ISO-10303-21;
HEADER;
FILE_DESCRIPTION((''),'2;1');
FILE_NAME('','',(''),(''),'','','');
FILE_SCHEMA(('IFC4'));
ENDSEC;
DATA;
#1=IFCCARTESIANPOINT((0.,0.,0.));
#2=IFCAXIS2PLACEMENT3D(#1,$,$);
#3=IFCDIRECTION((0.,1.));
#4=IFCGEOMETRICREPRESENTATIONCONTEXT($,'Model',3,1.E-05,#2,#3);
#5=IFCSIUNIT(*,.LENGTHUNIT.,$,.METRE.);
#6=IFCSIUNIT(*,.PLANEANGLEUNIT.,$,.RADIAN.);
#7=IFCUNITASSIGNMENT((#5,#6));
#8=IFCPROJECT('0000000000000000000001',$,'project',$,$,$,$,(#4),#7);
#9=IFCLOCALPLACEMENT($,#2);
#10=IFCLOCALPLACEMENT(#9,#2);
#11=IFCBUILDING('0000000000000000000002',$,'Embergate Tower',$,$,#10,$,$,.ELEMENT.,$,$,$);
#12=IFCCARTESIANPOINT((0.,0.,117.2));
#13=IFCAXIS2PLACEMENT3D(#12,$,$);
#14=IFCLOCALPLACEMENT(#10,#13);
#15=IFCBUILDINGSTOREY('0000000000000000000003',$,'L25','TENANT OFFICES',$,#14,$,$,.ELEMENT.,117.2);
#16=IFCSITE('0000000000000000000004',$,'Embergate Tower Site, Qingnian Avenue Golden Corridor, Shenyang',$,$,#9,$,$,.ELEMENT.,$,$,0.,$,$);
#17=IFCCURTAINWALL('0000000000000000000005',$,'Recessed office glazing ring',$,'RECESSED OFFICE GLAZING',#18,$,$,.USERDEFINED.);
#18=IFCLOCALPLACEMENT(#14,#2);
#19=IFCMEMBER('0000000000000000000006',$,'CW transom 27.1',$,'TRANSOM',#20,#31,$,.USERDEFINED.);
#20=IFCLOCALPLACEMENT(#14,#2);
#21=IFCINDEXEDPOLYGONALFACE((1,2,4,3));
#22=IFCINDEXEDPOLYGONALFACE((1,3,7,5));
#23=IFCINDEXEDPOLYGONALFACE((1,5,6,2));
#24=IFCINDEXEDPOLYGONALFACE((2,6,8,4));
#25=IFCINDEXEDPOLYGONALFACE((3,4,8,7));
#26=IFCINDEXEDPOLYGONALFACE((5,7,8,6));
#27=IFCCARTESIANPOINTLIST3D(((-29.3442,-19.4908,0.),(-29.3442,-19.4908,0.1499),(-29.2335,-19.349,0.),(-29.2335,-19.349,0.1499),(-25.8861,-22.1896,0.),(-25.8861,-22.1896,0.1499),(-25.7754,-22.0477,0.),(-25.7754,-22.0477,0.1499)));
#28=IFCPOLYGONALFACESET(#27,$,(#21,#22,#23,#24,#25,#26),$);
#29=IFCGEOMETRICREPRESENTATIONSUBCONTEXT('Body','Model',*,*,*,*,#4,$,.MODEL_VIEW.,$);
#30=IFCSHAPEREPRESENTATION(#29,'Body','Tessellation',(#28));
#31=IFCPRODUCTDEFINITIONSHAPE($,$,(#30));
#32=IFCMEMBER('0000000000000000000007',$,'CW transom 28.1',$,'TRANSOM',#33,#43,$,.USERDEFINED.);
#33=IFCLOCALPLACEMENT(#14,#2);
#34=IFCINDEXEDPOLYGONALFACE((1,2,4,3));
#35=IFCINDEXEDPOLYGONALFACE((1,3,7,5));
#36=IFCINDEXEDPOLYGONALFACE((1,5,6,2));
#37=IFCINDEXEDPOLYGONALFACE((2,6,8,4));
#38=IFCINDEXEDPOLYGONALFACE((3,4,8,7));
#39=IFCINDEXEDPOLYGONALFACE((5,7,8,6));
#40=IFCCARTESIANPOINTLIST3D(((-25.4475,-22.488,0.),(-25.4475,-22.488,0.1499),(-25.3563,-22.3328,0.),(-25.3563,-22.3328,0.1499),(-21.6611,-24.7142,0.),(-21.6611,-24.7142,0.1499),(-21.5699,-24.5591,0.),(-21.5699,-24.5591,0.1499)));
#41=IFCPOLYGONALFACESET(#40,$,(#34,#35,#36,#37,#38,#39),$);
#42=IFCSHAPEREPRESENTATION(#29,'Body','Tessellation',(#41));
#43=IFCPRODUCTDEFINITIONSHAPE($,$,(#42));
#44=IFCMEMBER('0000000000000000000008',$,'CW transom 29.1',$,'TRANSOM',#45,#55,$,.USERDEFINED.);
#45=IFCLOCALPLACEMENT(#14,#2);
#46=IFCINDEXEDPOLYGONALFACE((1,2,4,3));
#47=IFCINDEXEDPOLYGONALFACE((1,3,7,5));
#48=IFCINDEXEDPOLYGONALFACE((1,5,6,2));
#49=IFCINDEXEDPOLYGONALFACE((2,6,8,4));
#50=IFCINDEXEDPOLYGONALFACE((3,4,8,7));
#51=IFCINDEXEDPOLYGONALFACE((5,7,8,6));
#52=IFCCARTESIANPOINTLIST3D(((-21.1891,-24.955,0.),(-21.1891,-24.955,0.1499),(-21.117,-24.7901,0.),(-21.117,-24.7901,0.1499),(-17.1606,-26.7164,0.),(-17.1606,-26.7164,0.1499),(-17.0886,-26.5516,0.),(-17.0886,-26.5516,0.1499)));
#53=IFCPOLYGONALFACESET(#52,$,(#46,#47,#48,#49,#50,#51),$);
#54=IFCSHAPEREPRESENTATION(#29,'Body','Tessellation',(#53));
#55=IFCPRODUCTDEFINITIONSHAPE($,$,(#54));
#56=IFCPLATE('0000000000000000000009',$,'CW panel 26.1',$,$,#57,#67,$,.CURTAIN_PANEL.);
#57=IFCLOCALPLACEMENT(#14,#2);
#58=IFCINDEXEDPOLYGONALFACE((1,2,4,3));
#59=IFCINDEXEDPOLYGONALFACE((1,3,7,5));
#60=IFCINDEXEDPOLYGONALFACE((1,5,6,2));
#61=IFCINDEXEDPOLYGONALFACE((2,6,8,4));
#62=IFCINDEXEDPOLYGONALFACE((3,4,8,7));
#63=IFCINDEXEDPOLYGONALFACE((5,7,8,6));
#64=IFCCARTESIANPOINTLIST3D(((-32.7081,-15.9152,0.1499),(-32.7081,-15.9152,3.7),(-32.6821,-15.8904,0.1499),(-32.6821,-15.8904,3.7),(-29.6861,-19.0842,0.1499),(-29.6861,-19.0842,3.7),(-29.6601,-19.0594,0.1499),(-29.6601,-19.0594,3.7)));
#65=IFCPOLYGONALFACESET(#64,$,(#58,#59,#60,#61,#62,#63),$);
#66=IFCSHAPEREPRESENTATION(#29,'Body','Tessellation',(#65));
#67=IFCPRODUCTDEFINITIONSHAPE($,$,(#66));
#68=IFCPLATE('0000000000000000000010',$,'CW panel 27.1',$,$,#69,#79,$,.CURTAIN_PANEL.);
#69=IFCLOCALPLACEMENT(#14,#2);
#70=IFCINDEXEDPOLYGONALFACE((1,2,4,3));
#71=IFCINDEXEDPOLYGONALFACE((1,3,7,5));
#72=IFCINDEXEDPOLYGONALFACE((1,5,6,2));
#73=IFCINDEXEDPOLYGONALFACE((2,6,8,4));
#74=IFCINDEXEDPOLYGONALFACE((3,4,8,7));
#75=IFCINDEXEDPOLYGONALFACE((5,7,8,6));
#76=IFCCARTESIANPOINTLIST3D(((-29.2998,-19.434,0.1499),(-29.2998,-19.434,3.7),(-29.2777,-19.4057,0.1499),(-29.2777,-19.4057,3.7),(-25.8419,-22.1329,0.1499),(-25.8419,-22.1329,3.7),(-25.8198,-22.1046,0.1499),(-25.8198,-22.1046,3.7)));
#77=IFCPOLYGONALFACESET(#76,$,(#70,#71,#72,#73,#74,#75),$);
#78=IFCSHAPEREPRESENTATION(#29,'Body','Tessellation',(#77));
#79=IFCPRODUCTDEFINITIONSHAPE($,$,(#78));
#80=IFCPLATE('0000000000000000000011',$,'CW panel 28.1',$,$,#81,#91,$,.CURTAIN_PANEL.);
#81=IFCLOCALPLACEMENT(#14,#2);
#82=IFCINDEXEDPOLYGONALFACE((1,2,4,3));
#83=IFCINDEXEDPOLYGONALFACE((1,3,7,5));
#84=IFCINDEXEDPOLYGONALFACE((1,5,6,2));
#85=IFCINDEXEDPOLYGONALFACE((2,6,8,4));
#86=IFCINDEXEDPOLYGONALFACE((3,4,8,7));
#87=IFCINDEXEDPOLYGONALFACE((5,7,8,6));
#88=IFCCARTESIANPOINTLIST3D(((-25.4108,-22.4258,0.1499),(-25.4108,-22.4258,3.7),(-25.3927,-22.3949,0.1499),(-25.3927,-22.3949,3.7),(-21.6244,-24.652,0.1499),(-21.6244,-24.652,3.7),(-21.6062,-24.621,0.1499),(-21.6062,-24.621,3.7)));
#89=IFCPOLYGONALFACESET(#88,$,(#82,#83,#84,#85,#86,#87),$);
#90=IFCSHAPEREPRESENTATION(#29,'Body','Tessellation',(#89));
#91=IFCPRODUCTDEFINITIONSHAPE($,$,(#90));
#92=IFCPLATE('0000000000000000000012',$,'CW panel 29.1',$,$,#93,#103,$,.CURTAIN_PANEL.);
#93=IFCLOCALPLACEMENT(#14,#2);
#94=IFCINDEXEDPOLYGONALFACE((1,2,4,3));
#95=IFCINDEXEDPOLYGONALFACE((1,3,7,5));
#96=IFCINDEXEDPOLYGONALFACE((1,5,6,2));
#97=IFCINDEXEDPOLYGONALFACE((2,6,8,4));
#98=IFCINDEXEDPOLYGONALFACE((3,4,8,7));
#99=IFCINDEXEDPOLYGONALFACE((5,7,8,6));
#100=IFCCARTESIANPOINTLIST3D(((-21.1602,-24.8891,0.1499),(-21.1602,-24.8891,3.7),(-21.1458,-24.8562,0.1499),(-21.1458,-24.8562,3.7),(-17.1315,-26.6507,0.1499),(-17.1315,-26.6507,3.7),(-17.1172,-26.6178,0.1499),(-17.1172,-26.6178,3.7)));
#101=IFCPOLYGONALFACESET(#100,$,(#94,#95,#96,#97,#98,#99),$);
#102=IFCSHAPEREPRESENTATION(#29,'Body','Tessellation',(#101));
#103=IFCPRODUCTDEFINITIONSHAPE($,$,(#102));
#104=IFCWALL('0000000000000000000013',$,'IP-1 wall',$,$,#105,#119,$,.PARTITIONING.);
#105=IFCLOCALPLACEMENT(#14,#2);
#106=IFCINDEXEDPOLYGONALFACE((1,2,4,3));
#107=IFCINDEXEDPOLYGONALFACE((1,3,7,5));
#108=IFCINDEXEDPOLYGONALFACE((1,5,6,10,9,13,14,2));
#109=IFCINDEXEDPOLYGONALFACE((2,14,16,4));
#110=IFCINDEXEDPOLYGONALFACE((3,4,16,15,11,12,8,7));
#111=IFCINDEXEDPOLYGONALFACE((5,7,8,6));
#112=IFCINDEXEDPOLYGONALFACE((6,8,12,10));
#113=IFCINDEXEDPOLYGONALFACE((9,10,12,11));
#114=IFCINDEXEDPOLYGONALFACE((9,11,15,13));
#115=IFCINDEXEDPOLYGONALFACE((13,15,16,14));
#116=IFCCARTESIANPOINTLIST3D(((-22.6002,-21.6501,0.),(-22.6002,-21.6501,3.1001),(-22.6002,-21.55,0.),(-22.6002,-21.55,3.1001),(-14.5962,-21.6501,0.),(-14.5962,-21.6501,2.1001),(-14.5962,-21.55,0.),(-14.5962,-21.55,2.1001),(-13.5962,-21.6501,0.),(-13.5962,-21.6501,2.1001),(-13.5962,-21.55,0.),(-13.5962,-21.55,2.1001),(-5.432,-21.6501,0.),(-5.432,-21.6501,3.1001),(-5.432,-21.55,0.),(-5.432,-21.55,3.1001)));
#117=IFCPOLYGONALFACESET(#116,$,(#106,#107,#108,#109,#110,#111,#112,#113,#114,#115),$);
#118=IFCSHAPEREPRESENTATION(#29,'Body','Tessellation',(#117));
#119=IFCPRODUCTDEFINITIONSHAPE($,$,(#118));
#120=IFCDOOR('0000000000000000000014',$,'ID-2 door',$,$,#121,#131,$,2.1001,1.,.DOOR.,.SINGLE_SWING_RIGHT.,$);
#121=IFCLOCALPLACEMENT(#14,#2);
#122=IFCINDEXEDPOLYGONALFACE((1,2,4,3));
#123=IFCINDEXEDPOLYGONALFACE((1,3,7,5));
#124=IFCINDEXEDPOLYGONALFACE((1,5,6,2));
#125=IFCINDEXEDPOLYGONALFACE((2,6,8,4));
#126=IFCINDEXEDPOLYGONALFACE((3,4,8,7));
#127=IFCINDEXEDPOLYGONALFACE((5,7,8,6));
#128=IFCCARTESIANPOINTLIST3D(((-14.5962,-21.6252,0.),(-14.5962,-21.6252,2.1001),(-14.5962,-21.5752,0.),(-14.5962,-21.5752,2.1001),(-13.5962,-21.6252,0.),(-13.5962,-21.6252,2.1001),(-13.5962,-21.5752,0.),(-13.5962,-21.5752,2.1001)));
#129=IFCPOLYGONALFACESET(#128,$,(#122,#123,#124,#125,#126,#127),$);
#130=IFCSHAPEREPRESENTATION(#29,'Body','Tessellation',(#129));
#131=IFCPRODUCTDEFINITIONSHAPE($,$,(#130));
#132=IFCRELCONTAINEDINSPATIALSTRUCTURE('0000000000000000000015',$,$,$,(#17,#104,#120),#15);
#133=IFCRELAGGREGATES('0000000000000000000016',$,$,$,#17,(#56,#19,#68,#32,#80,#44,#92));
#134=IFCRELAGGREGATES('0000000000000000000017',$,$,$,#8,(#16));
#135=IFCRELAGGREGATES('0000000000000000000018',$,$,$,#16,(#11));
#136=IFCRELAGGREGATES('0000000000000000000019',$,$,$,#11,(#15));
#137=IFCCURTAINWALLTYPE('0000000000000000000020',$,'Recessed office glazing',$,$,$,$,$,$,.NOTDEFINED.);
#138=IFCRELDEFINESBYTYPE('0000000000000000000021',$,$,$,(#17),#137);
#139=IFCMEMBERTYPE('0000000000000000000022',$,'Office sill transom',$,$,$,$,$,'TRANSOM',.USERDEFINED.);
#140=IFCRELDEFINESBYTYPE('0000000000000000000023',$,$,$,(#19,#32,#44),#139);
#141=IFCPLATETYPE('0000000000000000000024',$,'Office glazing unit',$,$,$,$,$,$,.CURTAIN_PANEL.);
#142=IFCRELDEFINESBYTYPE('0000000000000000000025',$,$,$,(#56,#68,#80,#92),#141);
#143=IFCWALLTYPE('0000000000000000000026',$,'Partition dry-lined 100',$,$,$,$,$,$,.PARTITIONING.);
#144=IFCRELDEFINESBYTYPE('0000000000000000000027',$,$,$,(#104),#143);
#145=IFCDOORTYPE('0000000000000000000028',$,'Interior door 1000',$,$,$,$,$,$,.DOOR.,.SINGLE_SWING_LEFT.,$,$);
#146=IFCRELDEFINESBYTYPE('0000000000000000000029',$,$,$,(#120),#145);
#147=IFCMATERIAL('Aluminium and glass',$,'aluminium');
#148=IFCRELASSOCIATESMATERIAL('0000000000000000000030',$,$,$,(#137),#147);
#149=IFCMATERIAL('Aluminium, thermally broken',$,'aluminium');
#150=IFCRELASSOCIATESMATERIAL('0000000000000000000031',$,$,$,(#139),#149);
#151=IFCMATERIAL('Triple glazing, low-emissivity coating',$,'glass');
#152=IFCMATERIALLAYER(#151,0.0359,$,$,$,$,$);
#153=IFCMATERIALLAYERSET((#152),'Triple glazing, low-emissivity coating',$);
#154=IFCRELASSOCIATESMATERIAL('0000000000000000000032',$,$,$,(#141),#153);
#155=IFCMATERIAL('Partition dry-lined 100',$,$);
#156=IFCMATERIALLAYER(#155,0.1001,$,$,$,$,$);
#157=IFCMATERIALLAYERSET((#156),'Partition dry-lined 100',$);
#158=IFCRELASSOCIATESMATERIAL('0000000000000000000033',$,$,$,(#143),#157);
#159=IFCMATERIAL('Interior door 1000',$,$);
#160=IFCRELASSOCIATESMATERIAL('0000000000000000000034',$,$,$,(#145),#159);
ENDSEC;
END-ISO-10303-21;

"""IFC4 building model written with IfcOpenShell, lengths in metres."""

from ifc_helpers import new_model, si_unit, direction, frame, frame_2d, origin, origin_2d, place, context, subcontext, project, spatial, rectangle, extrude, source, transform, mapped, material, layer, layer_set, material_profile, profile_set, type_object, element, fill, aggregate, save


model = new_model("IFC4")

# Units and contexts
model_context = context("Model", 3, precision=1e-05, world=origin(), true_north=direction((0.0, 1.0)))
body_context = subcontext(model_context, "Body", "Model", "MODEL_VIEW")
ifc_project = project(units=[si_unit("LENGTHUNIT", "METRE"), si_unit("PLANEANGLEUNIT", "RADIAN")], contexts=[model_context])

# Site, building, storey
site_placement = place(None, origin())
site = spatial("IfcSite", under=ifc_project, at=site_placement, Name="Embergate Tower Site, Qingnian Avenue Golden Corridor, Shenyang", CompositionType="ELEMENT", RefElevation=0.0)
building_placement = place(site_placement, origin())
building = spatial("IfcBuilding", under=site, at=building_placement, Name="Embergate Tower", CompositionType="ELEMENT")
storey_placement = place(building_placement, frame((0.0, 0.0, 117.2)))
storey = spatial("IfcBuildingStorey", under=building, at=storey_placement, Name="L25", Description="TENANT OFFICES", CompositionType="ELEMENT", Elevation=117.2)

# Curtain wall, members, plates
ifc_material_1 = material(Name="Aluminium and glass", Category="aluminium")
curtain_wall_type = type_object("IfcCurtainWallType", Name="Recessed office glazing", PredefinedType="NOTDEFINED", material=ifc_material_1)
curtain_wall_placement = place(storey_placement, origin())
curtain_wall = element("IfcCurtainWall", 1, at=curtain_wall_placement, inside=storey, type_object=curtain_wall_type, Name="Recessed office glazing ring", ObjectType="RECESSED OFFICE GLAZING", PredefinedType="USERDEFINED")
ifc_material_2 = material(Name="Aluminium, thermally broken", Category="aluminium")
ifc_material_profile_1 = material_profile(ifc_material_2, rectangle(XDim=0.1799, YDim=0.1499, at=origin_2d()), Name="AL 150x180")
ifc_profile_set_1 = profile_set([ifc_material_profile_1], Name="Aluminium, thermally broken")
member_type_1 = type_object("IfcMemberType", Name="Office sill transom", ElementType="TRANSOM", PredefinedType="USERDEFINED", material=ifc_profile_set_1)
shared_shape_1 = source(origin(), body_context, "Body", "SweptSolid", [
    extrude(rectangle(XDim=0.1799, YDim=0.1499, at=origin_2d()), origin(), (0.0, 0.0, 1.0), 4.3865),
])
member_1_placement = place(storey_placement, frame((-29.2888, -19.4199, 0.075), z_axis=(0.788338, -0.615242, 0.0), x_axis=(0.615242, 0.788338, 0.0)))
member_1 = element("IfcMember", 2, at=member_1_placement, type_object=member_type_1, Name="CW transom 27.1", ObjectType="TRANSOM", PredefinedType="USERDEFINED", context=body_context, shape_type="MappedRepresentation", body=[
    mapped(shared_shape_1, transform((0.0, 0.0, 0.0))),
])
shared_shape_2 = source(origin(), body_context, "Body", "SweptSolid", [
    extrude(rectangle(XDim=0.1799, YDim=0.1499, at=origin_2d()), origin(), (0.0, 0.0, 1.0), 4.3923),
])
member_2_placement = place(storey_placement, frame((-25.4019, -22.4104, 0.075), z_axis=(0.86203, -0.506857, 0.0), x_axis=(0.506857, 0.86203, 0.0)))
member_2 = element("IfcMember", 3, at=member_2_placement, type_object=member_type_1, Name="CW transom 28.1", ObjectType="TRANSOM", PredefinedType="USERDEFINED", context=body_context, shape_type="MappedRepresentation", body=[
    mapped(shared_shape_2, transform((0.0, 0.0, 0.0))),
])
shared_shape_3 = source(origin(), body_context, "Body", "SweptSolid", [
    extrude(rectangle(XDim=0.1799, YDim=0.1499, at=origin_2d()), origin(), (0.0, 0.0, 1.0), 4.3967),
])
member_3_placement = place(storey_placement, frame((-21.1531, -24.8726, 0.075), z_axis=(0.916243, -0.400624, 0.0), x_axis=(0.400624, 0.916243, 0.0)))
member_3 = element("IfcMember", 4, at=member_3_placement, type_object=member_type_1, Name="CW transom 29.1", ObjectType="TRANSOM", PredefinedType="USERDEFINED", context=body_context, shape_type="MappedRepresentation", body=[
    mapped(shared_shape_3, transform((0.0, 0.0, 0.0))),
])
ifc_material_3 = material(Name="Triple glazing, low-emissivity coating", Category="glass")
ifc_layer_1 = layer(ifc_material_3, 0.0359)
ifc_layer_set_1 = layer_set([ifc_layer_1], Name="Triple glazing, low-emissivity coating")
plate_type = type_object("IfcPlateType", Name="Office glazing unit", PredefinedType="CURTAIN_PANEL", material=ifc_layer_set_1)
shared_shape_4 = source(origin(), body_context, "Body", "SweptSolid", [
    extrude(rectangle(XDim=4.3789, YDim=0.0359, at=origin_2d()), origin(), (0.0, 0.0, 1.0), 3.55),
])
plate_1_placement = place(storey_placement, frame((-31.1841, -17.4873, 0.1499), z_axis=(0.0, 0.0, 1.0), x_axis=(0.69013, -0.723685, 0.0)))
plate_1 = element("IfcPlate", 5, at=plate_1_placement, type_object=plate_type, Name="CW panel 26.1", PredefinedType="CURTAIN_PANEL", context=body_context, shape_type="MappedRepresentation", body=[
    mapped(shared_shape_4, transform((0.0, 0.0, 0.0))),
])
shared_shape_5 = source(origin(), body_context, "Body", "SweptSolid", [
    extrude(rectangle(XDim=4.3865, YDim=0.0359, at=origin_2d()), origin(), (0.0, 0.0, 1.0), 3.55),
])
plate_2_placement = place(storey_placement, frame((-27.5598, -20.7693, 0.1499), z_axis=(0.0, 0.0, 1.0), x_axis=(0.788317, -0.615269, 0.0)))
plate_2 = element("IfcPlate", 6, at=plate_2_placement, type_object=plate_type, Name="CW panel 27.1", PredefinedType="CURTAIN_PANEL", context=body_context, shape_type="MappedRepresentation", body=[
    mapped(shared_shape_5, transform((0.0, 0.0, 0.0))),
])
shared_shape_6 = source(origin(), body_context, "Body", "SweptSolid", [
    extrude(rectangle(XDim=4.3923, YDim=0.0359, at=origin_2d()), origin(), (0.0, 0.0, 1.0), 3.55),
])
plate_3_placement = place(storey_placement, frame((-23.5085, -23.5234, 0.1499), z_axis=(0.0, 0.0, 1.0), x_axis=(0.862051, -0.506822, 0.0)))
plate_3 = element("IfcPlate", 7, at=plate_3_placement, type_object=plate_type, Name="CW panel 28.1", PredefinedType="CURTAIN_PANEL", context=body_context, shape_type="MappedRepresentation", body=[
    mapped(shared_shape_6, transform((0.0, 0.0, 0.0))),
])
shared_shape_7 = source(origin(), body_context, "Body", "SweptSolid", [
    extrude(rectangle(XDim=4.397, YDim=0.0359, at=origin_2d()), origin(), (0.0, 0.0, 1.0), 3.55),
])
plate_4_placement = place(storey_placement, frame((-19.1387, -25.7534, 0.1499), z_axis=(0.0, 0.0, 1.0), x_axis=(0.916234, -0.400643, 0.0)))
plate_4 = element("IfcPlate", 8, at=plate_4_placement, type_object=plate_type, Name="CW panel 29.1", PredefinedType="CURTAIN_PANEL", context=body_context, shape_type="MappedRepresentation", body=[
    mapped(shared_shape_7, transform((0.0, 0.0, 0.0))),
])
aggregate(curtain_wall, [plate_1, member_1, plate_2, member_2, plate_3, member_3, plate_4])

# Wall, opening, door
ifc_material_4 = material(Name="Partition dry-lined 100")
ifc_layer_2 = layer(ifc_material_4, 0.1001)
ifc_layer_set_2 = layer_set([ifc_layer_2], Name="Partition dry-lined 100")
wall_type = type_object("IfcWallType", Name="Partition dry-lined 100", PredefinedType="PARTITIONING", material=ifc_layer_set_2)
shared_shape_8 = source(origin(), body_context, "Body", "SweptSolid", [
    extrude(rectangle(XDim=17.1682, YDim=0.1001, at=frame_2d((8.584, 0.0))), origin(), (0.0, 0.0, 1.0), 3.1001),
])
wall_placement = place(storey_placement, frame((-22.6001, -21.6001, 0.0), z_axis=(0.0, 0.0, 1.0), x_axis=(1.0, 0.0, 0.0)))
wall = element("IfcWall", 9, at=wall_placement, inside=storey, type_object=wall_type, Name="IP-1 wall", PredefinedType="PARTITIONING", context=body_context, shape_type="MappedRepresentation", body=[
    mapped(shared_shape_8, transform((0.0, 0.0, 0.0))),
])
shared_shape_9 = source(origin(), body_context, "Body", "SweptSolid", [
    extrude(rectangle(XDim=1.0, YDim=2.1001, at=frame_2d((0.5, 1.05))), frame((0.0, 0.0601, 0.0), z_axis=(0.0, -1.0, 0.0), x_axis=(1.0, 0.0, 0.0)), (0.0, 0.0, 1.0), 0.1201),
])
opening_placement = place(wall_placement, frame((8.0039, 0.0, 0.0)))
opening = element("IfcOpeningElement", 10, at=opening_placement, cuts=wall, PredefinedType="OPENING", context=body_context, shape_type="MappedRepresentation", body=[
    mapped(shared_shape_9, transform((0.0, 0.0, 0.0))),
])
ifc_material_5 = material(Name="Interior door 1000")
door_type = type_object("IfcDoorType", Name="Interior door 1000", OperationType="SINGLE_SWING_LEFT", PredefinedType="DOOR", material=ifc_material_5)
shared_shape_10 = source(origin(), body_context, "Body", "SweptSolid", [
    extrude(rectangle(XDim=1.0, YDim=2.1001, at=frame_2d((0.5, 1.05))), frame((0.0, 0.0249, 0.0), z_axis=(0.0, -1.0, 0.0), x_axis=(1.0, 0.0, 0.0)), (0.0, 0.0, 1.0), 0.05),
])
door_placement = place(opening_placement, origin())
door = element("IfcDoor", 11, at=door_placement, inside=storey, type_object=door_type, Name="ID-2 door", OperationType="SINGLE_SWING_RIGHT", OverallHeight=2.1001, OverallWidth=1.0, PredefinedType="DOOR", context=body_context, shape_type="MappedRepresentation", body=[
    mapped(shared_shape_10, transform((0.0, 0.0, 0.0))),
])
fill(opening, door)

save(model, "model.ifc")
